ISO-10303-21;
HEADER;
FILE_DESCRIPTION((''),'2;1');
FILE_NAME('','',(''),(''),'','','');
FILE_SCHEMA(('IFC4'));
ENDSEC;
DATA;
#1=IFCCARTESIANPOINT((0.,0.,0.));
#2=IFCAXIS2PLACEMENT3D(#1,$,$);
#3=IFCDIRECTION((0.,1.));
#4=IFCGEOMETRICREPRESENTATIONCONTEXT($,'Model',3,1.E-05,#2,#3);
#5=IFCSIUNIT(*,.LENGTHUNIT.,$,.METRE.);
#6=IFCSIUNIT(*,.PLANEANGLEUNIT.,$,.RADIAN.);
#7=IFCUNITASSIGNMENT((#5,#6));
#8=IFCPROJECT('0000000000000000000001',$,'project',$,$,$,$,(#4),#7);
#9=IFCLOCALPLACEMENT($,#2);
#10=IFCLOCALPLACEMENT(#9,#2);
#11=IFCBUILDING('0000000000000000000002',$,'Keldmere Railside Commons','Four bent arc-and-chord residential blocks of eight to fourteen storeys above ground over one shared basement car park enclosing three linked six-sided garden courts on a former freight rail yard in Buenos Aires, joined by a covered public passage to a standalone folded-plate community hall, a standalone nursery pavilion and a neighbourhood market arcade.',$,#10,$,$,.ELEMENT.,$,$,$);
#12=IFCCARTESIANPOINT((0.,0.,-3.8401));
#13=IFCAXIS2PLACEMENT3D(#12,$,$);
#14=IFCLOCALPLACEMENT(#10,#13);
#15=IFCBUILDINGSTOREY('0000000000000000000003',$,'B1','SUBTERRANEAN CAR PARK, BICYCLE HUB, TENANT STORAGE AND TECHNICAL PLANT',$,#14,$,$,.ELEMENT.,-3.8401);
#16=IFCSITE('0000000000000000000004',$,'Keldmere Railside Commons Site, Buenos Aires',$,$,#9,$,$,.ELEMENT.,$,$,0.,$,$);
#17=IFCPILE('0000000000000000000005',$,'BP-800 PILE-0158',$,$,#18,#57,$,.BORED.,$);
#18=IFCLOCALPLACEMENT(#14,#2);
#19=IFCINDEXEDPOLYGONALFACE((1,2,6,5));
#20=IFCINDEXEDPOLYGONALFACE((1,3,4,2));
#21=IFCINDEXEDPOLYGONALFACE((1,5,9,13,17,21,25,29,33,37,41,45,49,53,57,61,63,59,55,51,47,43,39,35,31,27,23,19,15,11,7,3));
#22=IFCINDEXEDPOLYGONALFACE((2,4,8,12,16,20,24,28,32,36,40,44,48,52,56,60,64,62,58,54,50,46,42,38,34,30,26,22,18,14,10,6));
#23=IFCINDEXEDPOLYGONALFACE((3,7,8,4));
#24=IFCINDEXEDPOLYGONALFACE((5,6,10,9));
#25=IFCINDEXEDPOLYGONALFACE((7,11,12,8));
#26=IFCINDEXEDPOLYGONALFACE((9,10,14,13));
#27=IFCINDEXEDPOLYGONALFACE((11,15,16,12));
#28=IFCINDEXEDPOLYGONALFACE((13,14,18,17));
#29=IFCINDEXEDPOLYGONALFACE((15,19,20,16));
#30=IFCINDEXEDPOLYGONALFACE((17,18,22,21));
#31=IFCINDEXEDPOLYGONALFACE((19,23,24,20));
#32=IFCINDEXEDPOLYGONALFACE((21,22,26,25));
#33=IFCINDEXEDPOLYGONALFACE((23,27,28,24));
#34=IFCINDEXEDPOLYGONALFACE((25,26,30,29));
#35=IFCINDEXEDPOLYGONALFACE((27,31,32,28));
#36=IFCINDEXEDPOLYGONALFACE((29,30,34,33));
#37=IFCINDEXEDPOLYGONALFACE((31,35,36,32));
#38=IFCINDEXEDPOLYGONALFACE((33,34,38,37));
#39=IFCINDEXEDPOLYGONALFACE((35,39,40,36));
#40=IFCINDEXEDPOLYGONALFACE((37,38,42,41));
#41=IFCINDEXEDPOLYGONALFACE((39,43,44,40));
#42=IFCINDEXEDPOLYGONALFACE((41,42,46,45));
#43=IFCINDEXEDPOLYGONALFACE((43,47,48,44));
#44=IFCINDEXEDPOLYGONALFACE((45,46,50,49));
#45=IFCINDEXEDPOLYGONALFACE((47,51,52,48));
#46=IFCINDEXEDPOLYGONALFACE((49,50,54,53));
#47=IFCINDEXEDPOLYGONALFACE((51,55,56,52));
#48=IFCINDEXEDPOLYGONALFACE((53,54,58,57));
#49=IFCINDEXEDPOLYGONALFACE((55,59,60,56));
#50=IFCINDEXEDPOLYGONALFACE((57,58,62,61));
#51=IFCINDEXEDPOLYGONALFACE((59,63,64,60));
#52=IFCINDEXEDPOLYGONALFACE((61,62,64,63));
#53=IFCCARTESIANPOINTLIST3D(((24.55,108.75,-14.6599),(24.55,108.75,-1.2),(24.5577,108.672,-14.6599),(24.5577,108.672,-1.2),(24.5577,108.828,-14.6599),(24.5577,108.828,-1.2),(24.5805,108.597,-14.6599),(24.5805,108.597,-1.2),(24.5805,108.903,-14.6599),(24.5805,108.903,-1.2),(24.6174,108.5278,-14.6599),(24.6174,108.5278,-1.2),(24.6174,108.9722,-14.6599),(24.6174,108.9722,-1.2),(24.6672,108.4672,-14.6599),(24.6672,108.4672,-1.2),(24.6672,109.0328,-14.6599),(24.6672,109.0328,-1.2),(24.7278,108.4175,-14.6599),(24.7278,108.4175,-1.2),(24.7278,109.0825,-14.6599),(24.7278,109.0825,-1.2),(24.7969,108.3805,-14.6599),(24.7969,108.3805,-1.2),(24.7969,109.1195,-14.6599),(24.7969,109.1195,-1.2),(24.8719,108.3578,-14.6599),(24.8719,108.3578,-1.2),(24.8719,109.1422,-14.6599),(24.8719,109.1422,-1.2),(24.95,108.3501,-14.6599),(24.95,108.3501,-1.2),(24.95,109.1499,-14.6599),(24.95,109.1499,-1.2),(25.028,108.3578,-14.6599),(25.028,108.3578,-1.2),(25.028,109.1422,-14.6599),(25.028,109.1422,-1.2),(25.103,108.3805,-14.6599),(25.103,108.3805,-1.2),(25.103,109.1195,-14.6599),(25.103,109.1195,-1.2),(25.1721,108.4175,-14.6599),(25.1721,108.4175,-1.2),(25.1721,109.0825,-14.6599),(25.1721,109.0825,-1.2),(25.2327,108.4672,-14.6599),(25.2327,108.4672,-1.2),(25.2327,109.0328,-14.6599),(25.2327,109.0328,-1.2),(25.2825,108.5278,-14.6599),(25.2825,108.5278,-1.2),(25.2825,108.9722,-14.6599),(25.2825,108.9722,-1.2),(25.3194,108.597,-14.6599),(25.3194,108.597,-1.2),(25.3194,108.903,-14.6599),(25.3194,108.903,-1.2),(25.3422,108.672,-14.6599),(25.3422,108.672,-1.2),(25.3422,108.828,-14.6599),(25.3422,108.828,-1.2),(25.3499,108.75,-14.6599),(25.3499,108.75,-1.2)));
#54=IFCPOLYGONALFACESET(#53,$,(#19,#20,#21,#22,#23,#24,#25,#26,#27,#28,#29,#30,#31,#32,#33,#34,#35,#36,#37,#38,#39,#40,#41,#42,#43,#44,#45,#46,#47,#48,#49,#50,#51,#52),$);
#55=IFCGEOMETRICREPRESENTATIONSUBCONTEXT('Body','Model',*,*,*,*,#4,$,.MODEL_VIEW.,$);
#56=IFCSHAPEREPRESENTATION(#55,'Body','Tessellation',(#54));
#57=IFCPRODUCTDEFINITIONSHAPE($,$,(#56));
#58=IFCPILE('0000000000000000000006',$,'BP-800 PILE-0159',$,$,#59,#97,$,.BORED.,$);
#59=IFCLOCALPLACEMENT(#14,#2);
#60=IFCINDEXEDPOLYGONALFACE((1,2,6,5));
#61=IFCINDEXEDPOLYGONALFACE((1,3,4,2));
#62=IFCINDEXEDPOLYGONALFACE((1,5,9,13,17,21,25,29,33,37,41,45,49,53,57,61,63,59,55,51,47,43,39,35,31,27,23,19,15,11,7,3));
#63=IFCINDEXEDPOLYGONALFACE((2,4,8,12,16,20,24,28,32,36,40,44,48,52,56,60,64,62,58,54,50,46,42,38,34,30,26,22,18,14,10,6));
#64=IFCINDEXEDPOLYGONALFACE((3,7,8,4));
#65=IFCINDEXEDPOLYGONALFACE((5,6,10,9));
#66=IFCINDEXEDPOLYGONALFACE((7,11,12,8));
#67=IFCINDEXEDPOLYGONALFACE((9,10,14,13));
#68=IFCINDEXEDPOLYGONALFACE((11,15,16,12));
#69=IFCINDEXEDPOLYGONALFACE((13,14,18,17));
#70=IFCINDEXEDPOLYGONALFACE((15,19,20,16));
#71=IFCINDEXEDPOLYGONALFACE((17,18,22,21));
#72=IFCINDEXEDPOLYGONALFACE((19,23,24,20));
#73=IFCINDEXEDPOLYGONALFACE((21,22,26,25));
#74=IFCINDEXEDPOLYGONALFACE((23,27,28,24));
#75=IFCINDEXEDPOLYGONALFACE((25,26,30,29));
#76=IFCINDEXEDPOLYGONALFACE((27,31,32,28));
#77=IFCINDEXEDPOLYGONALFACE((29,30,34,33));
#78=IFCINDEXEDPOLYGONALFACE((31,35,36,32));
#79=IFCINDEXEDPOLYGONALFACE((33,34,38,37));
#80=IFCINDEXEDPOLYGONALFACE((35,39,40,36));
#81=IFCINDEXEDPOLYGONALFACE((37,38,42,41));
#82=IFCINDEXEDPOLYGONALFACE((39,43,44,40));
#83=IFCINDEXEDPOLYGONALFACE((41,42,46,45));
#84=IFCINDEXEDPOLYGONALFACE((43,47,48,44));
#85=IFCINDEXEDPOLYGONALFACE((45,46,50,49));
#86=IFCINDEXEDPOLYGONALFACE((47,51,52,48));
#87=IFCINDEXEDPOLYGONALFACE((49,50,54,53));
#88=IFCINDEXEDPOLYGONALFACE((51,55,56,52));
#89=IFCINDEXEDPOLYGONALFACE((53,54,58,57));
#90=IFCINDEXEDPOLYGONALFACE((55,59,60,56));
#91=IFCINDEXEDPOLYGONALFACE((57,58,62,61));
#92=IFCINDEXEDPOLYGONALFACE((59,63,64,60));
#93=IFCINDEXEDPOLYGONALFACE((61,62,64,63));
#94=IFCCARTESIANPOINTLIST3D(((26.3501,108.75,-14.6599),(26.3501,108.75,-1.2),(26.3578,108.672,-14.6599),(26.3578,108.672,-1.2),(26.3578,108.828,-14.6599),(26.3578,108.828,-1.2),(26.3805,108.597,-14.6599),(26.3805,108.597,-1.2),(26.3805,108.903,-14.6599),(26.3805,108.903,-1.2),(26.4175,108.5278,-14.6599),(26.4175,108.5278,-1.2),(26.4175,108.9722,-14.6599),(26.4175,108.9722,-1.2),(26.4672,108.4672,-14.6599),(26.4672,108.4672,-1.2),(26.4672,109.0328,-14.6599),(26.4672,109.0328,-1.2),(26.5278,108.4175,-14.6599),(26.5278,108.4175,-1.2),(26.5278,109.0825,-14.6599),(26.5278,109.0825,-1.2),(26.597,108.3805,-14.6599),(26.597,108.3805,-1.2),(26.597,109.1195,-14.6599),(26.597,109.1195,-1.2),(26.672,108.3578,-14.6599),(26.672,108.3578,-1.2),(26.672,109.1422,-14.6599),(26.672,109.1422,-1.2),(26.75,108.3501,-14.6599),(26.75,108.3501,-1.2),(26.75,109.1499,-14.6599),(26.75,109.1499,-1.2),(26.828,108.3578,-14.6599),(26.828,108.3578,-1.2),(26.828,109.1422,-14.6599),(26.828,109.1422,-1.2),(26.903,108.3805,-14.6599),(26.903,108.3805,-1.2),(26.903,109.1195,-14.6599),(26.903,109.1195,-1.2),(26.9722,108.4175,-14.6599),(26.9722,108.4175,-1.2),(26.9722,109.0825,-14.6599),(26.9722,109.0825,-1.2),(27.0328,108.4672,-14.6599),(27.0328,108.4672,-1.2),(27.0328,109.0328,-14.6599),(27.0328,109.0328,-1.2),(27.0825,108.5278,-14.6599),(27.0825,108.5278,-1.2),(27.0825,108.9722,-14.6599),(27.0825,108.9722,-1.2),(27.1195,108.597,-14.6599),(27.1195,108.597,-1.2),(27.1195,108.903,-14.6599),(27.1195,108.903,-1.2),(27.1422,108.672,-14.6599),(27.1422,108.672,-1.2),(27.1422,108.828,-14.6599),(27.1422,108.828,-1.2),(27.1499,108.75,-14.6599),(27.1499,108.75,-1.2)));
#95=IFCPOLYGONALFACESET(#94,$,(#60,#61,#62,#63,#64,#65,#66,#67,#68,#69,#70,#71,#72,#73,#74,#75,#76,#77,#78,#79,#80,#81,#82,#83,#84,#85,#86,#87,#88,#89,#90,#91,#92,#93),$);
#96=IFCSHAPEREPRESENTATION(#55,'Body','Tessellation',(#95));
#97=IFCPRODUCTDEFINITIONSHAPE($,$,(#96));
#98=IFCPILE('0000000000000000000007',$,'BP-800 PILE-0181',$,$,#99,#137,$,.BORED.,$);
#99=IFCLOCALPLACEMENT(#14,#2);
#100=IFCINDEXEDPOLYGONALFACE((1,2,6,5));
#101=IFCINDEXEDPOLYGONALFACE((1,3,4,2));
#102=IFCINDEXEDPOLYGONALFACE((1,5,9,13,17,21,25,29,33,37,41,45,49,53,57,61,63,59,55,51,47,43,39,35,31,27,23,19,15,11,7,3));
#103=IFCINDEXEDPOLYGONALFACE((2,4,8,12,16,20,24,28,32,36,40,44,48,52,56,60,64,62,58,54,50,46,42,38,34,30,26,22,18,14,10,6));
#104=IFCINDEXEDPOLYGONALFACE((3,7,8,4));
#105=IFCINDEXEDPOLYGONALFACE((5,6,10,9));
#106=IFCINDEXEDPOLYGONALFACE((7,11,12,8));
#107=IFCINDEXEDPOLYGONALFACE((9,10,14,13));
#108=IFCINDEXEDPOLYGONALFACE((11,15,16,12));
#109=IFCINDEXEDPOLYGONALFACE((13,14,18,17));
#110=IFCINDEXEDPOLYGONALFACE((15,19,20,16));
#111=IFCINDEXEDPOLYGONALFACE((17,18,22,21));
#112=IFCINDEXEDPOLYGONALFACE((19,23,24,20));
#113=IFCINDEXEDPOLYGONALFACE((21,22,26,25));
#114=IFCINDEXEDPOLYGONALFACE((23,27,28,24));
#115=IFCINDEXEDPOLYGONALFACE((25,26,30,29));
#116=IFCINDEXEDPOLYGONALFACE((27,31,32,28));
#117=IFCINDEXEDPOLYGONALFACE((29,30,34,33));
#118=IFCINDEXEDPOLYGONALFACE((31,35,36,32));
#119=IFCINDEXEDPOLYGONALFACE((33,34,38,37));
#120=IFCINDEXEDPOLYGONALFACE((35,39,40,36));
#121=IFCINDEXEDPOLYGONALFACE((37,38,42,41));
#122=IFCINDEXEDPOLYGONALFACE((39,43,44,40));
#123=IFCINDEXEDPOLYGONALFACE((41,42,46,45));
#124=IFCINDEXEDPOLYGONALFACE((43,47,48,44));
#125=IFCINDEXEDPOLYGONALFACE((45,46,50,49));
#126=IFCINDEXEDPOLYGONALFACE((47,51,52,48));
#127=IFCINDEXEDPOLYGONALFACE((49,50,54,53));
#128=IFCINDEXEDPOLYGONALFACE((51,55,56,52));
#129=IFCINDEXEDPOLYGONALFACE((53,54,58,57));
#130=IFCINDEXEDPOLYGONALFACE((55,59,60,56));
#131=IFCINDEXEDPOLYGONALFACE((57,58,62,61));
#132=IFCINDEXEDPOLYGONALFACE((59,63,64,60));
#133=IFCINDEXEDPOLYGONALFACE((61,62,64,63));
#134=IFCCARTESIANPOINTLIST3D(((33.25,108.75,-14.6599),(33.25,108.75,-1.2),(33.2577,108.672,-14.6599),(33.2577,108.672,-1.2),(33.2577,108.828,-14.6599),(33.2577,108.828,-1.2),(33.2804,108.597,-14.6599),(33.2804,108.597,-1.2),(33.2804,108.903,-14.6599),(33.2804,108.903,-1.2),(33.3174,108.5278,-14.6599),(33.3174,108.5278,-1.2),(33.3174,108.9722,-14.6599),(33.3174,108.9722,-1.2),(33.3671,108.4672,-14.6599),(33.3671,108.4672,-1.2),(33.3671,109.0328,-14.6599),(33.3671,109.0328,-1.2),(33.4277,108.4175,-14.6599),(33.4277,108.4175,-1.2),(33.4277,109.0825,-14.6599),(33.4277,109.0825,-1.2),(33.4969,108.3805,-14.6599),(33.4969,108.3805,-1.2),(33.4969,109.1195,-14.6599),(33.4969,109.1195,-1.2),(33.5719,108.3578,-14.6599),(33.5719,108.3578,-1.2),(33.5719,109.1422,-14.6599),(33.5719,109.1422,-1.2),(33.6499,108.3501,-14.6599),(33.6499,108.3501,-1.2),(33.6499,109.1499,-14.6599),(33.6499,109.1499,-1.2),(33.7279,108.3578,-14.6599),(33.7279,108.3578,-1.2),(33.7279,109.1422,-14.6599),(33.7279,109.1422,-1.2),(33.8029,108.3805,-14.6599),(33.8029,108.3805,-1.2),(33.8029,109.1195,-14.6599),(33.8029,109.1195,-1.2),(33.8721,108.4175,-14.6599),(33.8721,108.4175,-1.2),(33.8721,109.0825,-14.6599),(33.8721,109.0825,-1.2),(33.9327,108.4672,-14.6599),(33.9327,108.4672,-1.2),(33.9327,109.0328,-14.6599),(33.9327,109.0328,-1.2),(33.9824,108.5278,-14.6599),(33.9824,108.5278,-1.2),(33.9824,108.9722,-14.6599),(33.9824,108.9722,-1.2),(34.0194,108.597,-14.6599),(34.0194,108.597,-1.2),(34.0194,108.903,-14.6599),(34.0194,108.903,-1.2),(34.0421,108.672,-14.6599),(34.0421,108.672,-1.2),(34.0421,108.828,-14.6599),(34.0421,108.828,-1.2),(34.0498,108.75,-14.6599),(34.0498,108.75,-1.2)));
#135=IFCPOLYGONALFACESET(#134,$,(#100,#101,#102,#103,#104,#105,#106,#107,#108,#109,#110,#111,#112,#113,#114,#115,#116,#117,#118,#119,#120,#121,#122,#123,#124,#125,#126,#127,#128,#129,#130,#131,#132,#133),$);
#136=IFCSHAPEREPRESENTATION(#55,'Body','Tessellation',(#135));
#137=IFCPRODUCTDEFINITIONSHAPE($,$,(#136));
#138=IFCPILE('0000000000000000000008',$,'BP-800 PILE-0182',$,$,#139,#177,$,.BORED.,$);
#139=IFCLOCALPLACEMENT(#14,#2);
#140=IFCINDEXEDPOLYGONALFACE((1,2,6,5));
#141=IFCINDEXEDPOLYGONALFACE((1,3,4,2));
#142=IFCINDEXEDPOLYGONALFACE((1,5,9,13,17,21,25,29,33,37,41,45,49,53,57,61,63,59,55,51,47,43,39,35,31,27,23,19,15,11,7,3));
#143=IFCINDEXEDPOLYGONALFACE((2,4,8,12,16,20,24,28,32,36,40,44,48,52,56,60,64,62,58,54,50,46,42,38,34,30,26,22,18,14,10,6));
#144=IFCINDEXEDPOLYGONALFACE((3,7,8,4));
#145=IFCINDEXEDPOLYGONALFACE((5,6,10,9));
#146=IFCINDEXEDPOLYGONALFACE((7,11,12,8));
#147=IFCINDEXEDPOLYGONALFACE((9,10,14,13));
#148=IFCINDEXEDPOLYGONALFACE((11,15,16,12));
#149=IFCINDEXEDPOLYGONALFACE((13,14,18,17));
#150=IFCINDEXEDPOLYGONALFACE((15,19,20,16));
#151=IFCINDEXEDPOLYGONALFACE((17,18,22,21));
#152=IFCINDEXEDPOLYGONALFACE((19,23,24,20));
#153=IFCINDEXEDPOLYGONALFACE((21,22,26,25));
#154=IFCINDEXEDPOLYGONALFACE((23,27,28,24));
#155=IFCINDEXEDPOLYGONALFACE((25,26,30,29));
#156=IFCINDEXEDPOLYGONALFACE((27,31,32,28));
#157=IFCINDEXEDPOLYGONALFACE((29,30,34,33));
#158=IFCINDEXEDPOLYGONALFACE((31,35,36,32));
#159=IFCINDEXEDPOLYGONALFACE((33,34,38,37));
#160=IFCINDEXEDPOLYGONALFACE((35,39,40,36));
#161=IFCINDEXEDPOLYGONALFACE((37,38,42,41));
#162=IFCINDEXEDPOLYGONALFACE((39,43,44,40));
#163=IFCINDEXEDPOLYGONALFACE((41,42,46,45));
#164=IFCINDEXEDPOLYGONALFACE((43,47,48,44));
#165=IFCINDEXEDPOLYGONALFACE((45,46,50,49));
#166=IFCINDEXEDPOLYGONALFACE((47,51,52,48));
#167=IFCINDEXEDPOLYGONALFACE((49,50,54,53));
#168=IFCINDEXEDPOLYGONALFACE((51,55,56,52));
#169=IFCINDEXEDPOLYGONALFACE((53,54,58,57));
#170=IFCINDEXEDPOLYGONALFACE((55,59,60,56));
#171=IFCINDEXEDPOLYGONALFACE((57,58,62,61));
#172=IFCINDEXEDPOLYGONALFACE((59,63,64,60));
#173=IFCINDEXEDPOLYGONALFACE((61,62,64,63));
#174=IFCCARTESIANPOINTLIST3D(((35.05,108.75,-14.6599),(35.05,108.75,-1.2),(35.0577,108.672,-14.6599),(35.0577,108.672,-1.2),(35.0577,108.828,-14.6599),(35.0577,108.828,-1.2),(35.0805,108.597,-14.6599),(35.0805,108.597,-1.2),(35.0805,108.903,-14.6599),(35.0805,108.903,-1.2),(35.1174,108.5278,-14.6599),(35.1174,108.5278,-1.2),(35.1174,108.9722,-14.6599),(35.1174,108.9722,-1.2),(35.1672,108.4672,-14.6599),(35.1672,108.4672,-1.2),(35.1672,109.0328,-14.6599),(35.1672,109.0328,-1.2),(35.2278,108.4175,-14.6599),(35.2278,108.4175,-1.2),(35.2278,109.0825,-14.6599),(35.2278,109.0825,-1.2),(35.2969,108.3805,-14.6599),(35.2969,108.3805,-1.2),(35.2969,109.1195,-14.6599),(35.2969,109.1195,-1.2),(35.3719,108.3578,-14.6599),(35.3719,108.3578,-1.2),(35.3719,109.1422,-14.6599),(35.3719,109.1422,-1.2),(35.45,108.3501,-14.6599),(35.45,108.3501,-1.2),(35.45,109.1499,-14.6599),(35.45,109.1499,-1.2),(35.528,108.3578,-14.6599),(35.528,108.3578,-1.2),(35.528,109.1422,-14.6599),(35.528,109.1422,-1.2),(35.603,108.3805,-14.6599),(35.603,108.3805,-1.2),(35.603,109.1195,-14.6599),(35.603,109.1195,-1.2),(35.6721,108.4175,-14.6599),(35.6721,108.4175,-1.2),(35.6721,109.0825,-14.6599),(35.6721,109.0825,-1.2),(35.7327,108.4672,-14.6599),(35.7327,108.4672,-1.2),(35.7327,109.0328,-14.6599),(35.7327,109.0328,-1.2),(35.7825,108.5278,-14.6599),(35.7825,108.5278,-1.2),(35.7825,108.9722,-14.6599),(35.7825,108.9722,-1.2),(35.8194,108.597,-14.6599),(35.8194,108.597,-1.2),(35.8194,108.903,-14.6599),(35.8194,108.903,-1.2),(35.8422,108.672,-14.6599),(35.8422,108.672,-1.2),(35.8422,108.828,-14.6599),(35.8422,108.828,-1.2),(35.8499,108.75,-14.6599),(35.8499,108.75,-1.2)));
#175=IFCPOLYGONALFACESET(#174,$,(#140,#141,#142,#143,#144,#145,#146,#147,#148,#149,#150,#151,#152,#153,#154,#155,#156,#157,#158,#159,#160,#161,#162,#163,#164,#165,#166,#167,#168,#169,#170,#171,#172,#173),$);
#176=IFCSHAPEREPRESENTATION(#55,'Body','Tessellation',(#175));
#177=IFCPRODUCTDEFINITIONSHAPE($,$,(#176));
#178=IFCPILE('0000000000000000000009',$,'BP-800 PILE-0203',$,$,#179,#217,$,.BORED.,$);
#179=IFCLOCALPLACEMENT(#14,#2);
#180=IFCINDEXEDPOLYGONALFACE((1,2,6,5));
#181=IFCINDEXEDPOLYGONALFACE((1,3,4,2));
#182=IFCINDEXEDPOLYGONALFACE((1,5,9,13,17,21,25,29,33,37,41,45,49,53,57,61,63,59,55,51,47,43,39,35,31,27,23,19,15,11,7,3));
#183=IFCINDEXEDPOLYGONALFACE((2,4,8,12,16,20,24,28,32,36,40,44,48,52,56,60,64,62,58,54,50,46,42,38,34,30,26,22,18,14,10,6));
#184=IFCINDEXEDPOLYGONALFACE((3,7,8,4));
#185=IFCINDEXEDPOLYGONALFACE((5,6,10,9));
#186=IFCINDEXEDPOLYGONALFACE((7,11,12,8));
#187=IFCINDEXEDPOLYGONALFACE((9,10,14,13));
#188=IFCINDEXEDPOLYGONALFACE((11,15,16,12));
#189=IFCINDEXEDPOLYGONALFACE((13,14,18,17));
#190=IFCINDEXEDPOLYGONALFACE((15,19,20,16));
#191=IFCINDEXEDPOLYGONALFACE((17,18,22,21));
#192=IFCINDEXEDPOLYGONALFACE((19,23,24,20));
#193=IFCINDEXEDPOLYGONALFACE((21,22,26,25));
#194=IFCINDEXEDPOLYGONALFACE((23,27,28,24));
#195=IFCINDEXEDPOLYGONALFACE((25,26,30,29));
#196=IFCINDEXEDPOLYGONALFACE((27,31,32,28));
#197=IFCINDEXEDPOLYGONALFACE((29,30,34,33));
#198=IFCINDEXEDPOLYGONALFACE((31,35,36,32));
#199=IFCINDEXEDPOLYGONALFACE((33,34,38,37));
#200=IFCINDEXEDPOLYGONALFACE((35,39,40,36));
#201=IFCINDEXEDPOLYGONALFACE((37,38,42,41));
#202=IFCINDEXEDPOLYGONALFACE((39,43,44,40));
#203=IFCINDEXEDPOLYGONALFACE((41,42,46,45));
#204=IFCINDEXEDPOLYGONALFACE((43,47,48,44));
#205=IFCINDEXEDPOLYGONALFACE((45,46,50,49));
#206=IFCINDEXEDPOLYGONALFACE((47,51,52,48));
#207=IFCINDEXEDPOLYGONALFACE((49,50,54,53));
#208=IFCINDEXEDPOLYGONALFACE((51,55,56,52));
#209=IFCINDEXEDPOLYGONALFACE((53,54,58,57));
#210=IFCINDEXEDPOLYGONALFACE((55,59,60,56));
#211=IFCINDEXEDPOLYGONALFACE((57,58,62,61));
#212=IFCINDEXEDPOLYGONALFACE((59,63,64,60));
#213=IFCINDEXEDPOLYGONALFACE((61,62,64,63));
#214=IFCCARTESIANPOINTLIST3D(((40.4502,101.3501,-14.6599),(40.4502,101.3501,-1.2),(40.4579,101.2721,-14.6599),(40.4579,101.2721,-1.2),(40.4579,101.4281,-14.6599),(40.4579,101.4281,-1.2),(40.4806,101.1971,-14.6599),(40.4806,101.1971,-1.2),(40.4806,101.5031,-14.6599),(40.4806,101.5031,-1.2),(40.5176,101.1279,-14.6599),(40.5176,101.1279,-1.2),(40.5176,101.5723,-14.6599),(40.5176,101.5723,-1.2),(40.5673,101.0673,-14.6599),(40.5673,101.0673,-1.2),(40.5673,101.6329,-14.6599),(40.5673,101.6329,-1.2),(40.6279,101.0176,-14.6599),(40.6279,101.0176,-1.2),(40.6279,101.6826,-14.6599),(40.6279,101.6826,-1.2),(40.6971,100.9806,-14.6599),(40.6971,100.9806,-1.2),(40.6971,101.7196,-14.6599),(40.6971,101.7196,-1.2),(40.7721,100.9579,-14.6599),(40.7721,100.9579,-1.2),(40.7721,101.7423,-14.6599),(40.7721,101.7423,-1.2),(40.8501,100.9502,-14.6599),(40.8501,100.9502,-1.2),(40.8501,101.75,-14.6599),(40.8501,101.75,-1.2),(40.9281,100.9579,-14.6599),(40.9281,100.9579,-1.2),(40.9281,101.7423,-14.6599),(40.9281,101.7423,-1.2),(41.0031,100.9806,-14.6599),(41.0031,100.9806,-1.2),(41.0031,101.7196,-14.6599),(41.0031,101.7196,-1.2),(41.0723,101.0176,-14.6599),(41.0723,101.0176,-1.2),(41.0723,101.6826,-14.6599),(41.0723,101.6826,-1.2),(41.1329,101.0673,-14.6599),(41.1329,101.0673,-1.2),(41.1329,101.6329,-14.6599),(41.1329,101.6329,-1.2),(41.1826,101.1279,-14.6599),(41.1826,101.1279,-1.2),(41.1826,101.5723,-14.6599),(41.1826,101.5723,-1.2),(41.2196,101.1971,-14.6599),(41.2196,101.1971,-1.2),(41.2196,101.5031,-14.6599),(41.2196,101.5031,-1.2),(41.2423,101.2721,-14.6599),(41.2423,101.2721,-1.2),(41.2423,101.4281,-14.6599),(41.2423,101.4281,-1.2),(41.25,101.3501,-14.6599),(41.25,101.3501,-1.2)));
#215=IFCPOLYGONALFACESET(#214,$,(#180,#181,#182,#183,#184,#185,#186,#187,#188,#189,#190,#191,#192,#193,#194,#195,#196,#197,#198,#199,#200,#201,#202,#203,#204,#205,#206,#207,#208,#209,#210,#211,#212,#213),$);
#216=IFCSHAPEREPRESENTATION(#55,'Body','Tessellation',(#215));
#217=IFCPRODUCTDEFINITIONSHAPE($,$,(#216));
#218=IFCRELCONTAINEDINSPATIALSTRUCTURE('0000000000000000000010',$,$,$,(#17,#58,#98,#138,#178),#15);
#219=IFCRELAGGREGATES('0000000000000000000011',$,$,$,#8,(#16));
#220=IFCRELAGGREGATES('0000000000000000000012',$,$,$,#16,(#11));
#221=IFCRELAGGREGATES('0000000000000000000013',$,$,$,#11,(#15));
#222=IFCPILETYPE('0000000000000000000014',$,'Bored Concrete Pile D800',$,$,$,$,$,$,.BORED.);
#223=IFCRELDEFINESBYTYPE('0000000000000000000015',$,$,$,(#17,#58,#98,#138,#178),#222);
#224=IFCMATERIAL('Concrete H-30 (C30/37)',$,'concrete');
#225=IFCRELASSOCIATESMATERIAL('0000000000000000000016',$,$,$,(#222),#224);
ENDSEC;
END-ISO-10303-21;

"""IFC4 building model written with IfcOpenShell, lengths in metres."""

from ifc_helpers import new_model, si_unit, direction, frame, origin, origin_2d, place, context, subcontext, project, spatial, circle, extrude, material, material_profile, profile_set, type_object, element, save


model = new_model("IFC4")

# Units and contexts
model_context = context("Model", 3, precision=1e-05, world=origin(), true_north=direction((0.0, 1.0)))
body_context = subcontext(model_context, "Body", "Model", "MODEL_VIEW")
ifc_project = project(units=[si_unit("LENGTHUNIT", "METRE"), si_unit("PLANEANGLEUNIT", "RADIAN")], contexts=[model_context])

# Site, building, storey
site_placement = place(None, origin())
site = spatial("IfcSite", under=ifc_project, at=site_placement, Name="Keldmere Railside Commons Site, Buenos Aires", CompositionType="ELEMENT", RefElevation=0.0)
building_placement = place(site_placement, origin())
building = spatial("IfcBuilding", under=site, at=building_placement, Name="Keldmere Railside Commons", Description="Four bent arc-and-chord residential blocks of eight to fourteen storeys above ground over one shared basement car park enclosing three linked six-sided garden courts on a former freight rail yard in Buenos Aires, joined by a covered public passage to a standalone folded-plate community hall, a standalone nursery pavilion and a neighbourhood market arcade.", CompositionType="ELEMENT")
storey_placement = place(building_placement, frame((0.0, 0.0, -3.8401)))
storey = spatial("IfcBuildingStorey", under=building, at=storey_placement, Name="B1", Description="SUBTERRANEAN CAR PARK, BICYCLE HUB, TENANT STORAGE AND TECHNICAL PLANT", CompositionType="ELEMENT", Elevation=-3.8401)

# Piles
ifc_material_1 = material(Name="Concrete H-30 (C30/37)", Category="concrete")
ifc_material_profile_1 = material_profile(ifc_material_1, circle(Radius=0.3999, at=origin_2d()), Name="PILE-D800")
ifc_profile_set_1 = profile_set([ifc_material_profile_1], Name="Concrete H-30 (C30/37)")
pile_type = type_object("IfcPileType", Name="Bored Concrete Pile D800", PredefinedType="BORED", material=ifc_profile_set_1)
for number, where, z_axis, x_axis, name in (
    (1, (24.95, 108.75, -1.2), (0.0, 0.0, -1.0), (1.0, 0.0, 0.0), "BP-800 PILE-0158"),
    (2, (26.75, 108.75, -1.2), (0.0, 0.0, -1.0), (1.0, 0.0, 0.0), "BP-800 PILE-0159"),
    (3, (33.6499, 108.75, -1.2), (0.0, 0.0, -1.0), (1.0, 0.0, 0.0), "BP-800 PILE-0181"),
    (4, (35.45, 108.75, -1.2), (0.0, 0.0, -1.0), (1.0, 0.0, 0.0), "BP-800 PILE-0182"),
    (5, (40.8501, 101.3501, -1.2), (0.0, 0.0, -1.0), (1.0, 0.0, 0.0), "BP-800 PILE-0203"),
):
    element("IfcPile", number, at=place(storey_placement, frame(where, z_axis=z_axis, x_axis=x_axis)), inside=storey, type_object=pile_type, Name=name, PredefinedType="BORED", context=body_context, shape_type="SweptSolid", body=[
        extrude(circle(Radius=0.3999, at=origin_2d()), origin(), (0.0, 0.0, 1.0), 13.46),
    ])

save(model, "model.ifc")
